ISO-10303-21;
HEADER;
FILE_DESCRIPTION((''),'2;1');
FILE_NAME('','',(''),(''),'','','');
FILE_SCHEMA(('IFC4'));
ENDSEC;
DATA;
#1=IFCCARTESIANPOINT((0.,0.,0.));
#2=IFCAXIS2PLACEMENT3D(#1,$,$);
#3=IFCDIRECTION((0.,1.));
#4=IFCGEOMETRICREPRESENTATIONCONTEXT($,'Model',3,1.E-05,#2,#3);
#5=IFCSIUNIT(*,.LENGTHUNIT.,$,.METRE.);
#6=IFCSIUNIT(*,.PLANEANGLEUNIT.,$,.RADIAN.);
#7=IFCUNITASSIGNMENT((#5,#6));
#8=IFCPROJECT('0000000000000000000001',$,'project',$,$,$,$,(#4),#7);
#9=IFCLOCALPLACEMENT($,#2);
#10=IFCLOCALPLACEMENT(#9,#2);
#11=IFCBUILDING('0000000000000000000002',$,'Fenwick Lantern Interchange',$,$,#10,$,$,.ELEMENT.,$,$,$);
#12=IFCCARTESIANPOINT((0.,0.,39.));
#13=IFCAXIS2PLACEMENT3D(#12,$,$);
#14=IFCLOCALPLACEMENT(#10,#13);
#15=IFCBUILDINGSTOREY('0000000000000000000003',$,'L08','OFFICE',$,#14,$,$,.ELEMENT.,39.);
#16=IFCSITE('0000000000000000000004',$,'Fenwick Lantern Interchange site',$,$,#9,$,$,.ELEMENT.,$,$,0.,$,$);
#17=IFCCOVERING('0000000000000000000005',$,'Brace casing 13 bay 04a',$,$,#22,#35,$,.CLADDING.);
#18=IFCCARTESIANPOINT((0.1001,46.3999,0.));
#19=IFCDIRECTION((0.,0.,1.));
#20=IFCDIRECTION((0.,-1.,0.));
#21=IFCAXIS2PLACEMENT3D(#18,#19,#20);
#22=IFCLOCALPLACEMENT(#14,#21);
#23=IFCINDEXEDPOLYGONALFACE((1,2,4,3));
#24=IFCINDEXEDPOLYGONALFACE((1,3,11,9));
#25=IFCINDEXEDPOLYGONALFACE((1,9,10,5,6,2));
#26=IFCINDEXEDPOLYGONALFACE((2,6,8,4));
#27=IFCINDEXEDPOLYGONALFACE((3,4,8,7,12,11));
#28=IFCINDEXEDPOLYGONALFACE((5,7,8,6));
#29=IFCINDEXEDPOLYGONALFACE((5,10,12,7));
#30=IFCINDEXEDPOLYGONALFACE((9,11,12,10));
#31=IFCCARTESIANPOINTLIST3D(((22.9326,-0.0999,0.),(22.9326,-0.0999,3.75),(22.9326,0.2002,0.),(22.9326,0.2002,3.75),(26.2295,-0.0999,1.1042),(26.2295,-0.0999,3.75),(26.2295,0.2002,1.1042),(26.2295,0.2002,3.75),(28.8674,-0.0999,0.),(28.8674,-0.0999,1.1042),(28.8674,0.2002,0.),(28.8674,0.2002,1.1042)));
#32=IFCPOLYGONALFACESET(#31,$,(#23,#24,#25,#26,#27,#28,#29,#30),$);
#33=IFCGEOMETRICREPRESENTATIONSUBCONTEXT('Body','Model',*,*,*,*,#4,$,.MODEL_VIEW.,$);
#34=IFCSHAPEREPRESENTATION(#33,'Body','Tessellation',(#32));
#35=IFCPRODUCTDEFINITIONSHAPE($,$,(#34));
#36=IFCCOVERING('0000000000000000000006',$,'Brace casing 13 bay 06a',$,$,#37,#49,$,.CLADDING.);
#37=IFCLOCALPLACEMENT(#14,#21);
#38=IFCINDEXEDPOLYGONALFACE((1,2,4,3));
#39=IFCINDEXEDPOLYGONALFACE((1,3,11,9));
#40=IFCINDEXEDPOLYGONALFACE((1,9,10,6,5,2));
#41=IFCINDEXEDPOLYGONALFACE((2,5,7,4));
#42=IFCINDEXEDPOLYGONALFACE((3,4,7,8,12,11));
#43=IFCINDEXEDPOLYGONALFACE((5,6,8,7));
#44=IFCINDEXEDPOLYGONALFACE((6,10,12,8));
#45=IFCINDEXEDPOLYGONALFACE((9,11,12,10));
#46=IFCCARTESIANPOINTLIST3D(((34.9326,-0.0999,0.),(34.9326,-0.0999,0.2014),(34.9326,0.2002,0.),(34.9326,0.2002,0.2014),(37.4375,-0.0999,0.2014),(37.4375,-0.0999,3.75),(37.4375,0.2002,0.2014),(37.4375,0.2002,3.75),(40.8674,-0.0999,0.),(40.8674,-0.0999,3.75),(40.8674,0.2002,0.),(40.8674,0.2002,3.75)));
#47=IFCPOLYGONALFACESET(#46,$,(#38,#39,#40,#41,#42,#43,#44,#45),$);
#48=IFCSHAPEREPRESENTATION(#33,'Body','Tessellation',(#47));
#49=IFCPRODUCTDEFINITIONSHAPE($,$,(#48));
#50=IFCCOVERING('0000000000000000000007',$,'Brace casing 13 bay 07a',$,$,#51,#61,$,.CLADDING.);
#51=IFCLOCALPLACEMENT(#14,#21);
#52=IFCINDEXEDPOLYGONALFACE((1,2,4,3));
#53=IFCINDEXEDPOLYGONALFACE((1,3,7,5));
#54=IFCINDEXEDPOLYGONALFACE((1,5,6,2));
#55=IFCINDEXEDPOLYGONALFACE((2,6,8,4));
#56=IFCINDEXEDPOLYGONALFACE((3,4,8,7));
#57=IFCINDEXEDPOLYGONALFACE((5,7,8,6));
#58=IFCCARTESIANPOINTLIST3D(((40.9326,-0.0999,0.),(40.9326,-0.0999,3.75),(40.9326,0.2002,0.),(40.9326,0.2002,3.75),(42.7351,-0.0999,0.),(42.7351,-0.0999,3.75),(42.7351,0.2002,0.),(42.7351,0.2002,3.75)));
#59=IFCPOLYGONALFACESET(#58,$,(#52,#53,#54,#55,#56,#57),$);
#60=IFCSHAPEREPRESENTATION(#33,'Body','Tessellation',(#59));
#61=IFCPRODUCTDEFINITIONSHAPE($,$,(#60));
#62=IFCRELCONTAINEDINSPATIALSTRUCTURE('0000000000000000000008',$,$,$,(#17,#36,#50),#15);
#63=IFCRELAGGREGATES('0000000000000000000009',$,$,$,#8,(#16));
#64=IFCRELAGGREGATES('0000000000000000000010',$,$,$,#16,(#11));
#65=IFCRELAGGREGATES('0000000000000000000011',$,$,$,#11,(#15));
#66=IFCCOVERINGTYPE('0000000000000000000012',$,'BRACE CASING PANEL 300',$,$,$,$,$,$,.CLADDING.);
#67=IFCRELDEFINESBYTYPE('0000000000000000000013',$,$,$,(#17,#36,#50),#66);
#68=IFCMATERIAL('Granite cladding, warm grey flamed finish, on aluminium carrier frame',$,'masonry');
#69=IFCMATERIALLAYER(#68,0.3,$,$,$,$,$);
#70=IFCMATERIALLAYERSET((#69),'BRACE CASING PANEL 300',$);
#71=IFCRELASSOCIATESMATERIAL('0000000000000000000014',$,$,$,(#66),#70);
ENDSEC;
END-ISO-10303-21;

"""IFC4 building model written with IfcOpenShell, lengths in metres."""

from ifc_helpers import new_model, si_unit, direction, frame, origin, place, context, subcontext, project, spatial, polyline, outline, extrude, material, layer, layer_set, type_object, element, save


model = new_model("IFC4")

# Units and contexts
model_context = context("Model", 3, precision=1e-05, world=origin(), true_north=direction((0.0, 1.0)))
body_context = subcontext(model_context, "Body", "Model", "MODEL_VIEW")
ifc_project = project(units=[si_unit("LENGTHUNIT", "METRE"), si_unit("PLANEANGLEUNIT", "RADIAN")], contexts=[model_context])

# Site, building, storey
site_placement = place(None, origin())
site = spatial("IfcSite", under=ifc_project, at=site_placement, Name="Fenwick Lantern Interchange site", CompositionType="ELEMENT", RefElevation=0.0)
building_placement = place(site_placement, origin())
building = spatial("IfcBuilding", under=site, at=building_placement, Name="Fenwick Lantern Interchange", CompositionType="ELEMENT")
storey_placement = place(building_placement, frame((0.0, 0.0, 39.0)))
storey = spatial("IfcBuildingStorey", under=building, at=storey_placement, Name="L08", Description="OFFICE", CompositionType="ELEMENT", Elevation=39.0)

# Coverings
ifc_material_1 = material(Name="Granite cladding, warm grey flamed finish, on aluminium carrier frame", Category="masonry")
ifc_layer_1 = layer(ifc_material_1, 0.3)
ifc_layer_set_1 = layer_set([ifc_layer_1], Name="BRACE CASING PANEL 300")
covering_type = type_object("IfcCoveringType", Name="BRACE CASING PANEL 300", PredefinedType="CLADDING", material=ifc_layer_set_1)
covering_1_placement = place(storey_placement, frame((0.1001, 46.3999, 0.0), z_axis=(0.0, 0.0, 1.0), x_axis=(0.0, -1.0, 0.0)))
element("IfcCovering", 1, at=covering_1_placement, inside=storey, type_object=covering_type, Name="Brace casing 13 bay 04a", PredefinedType="CLADDING", context=body_context, shape_type="SweptSolid", body=[
    extrude(outline(polyline([(22.9326, 0.0), (28.8674, 0.0), (28.8674, 1.1042), (26.2295, 1.1042), (26.2295, 3.75), (22.9326, 3.75), (22.9326, 0.0)])), frame((0.0, 0.2002, 0.0), z_axis=(0.0, -1.0, 0.0), x_axis=(1.0, 0.0, 0.0)), (0.0, 0.0, 1.0), 0.3),
])
covering_2_placement = place(storey_placement, frame((0.1001, 46.3999, 0.0), z_axis=(0.0, 0.0, 1.0), x_axis=(0.0, -1.0, 0.0)))
element("IfcCovering", 2, at=covering_2_placement, inside=storey, type_object=covering_type, Name="Brace casing 13 bay 06a", PredefinedType="CLADDING", context=body_context, shape_type="SweptSolid", body=[
    extrude(outline(polyline([(34.9326, 0.0), (40.8674, 0.0), (40.8674, 3.75), (37.4375, 3.75), (37.4375, 0.2014), (34.9326, 0.2014), (34.9326, 0.0)])), frame((0.0, 0.2002, 0.0), z_axis=(0.0, -1.0, 0.0), x_axis=(1.0, 0.0, 0.0)), (0.0, 0.0, 1.0), 0.3),
])
covering_3_placement = place(storey_placement, frame((0.1001, 46.3999, 0.0), z_axis=(0.0, 0.0, 1.0), x_axis=(0.0, -1.0, 0.0)))
element("IfcCovering", 3, at=covering_3_placement, inside=storey, type_object=covering_type, Name="Brace casing 13 bay 07a", PredefinedType="CLADDING", context=body_context, shape_type="SweptSolid", body=[
    extrude(outline(polyline([(40.9326, 0.0), (42.7351, 0.0), (42.7351, 3.75), (40.9326, 3.75), (40.9326, 0.0)])), frame((0.0, 0.2002, 0.0), z_axis=(0.0, -1.0, 0.0), x_axis=(1.0, 0.0, 0.0)), (0.0, 0.0, 1.0), 0.3),
])

save(model, "model.ifc")
